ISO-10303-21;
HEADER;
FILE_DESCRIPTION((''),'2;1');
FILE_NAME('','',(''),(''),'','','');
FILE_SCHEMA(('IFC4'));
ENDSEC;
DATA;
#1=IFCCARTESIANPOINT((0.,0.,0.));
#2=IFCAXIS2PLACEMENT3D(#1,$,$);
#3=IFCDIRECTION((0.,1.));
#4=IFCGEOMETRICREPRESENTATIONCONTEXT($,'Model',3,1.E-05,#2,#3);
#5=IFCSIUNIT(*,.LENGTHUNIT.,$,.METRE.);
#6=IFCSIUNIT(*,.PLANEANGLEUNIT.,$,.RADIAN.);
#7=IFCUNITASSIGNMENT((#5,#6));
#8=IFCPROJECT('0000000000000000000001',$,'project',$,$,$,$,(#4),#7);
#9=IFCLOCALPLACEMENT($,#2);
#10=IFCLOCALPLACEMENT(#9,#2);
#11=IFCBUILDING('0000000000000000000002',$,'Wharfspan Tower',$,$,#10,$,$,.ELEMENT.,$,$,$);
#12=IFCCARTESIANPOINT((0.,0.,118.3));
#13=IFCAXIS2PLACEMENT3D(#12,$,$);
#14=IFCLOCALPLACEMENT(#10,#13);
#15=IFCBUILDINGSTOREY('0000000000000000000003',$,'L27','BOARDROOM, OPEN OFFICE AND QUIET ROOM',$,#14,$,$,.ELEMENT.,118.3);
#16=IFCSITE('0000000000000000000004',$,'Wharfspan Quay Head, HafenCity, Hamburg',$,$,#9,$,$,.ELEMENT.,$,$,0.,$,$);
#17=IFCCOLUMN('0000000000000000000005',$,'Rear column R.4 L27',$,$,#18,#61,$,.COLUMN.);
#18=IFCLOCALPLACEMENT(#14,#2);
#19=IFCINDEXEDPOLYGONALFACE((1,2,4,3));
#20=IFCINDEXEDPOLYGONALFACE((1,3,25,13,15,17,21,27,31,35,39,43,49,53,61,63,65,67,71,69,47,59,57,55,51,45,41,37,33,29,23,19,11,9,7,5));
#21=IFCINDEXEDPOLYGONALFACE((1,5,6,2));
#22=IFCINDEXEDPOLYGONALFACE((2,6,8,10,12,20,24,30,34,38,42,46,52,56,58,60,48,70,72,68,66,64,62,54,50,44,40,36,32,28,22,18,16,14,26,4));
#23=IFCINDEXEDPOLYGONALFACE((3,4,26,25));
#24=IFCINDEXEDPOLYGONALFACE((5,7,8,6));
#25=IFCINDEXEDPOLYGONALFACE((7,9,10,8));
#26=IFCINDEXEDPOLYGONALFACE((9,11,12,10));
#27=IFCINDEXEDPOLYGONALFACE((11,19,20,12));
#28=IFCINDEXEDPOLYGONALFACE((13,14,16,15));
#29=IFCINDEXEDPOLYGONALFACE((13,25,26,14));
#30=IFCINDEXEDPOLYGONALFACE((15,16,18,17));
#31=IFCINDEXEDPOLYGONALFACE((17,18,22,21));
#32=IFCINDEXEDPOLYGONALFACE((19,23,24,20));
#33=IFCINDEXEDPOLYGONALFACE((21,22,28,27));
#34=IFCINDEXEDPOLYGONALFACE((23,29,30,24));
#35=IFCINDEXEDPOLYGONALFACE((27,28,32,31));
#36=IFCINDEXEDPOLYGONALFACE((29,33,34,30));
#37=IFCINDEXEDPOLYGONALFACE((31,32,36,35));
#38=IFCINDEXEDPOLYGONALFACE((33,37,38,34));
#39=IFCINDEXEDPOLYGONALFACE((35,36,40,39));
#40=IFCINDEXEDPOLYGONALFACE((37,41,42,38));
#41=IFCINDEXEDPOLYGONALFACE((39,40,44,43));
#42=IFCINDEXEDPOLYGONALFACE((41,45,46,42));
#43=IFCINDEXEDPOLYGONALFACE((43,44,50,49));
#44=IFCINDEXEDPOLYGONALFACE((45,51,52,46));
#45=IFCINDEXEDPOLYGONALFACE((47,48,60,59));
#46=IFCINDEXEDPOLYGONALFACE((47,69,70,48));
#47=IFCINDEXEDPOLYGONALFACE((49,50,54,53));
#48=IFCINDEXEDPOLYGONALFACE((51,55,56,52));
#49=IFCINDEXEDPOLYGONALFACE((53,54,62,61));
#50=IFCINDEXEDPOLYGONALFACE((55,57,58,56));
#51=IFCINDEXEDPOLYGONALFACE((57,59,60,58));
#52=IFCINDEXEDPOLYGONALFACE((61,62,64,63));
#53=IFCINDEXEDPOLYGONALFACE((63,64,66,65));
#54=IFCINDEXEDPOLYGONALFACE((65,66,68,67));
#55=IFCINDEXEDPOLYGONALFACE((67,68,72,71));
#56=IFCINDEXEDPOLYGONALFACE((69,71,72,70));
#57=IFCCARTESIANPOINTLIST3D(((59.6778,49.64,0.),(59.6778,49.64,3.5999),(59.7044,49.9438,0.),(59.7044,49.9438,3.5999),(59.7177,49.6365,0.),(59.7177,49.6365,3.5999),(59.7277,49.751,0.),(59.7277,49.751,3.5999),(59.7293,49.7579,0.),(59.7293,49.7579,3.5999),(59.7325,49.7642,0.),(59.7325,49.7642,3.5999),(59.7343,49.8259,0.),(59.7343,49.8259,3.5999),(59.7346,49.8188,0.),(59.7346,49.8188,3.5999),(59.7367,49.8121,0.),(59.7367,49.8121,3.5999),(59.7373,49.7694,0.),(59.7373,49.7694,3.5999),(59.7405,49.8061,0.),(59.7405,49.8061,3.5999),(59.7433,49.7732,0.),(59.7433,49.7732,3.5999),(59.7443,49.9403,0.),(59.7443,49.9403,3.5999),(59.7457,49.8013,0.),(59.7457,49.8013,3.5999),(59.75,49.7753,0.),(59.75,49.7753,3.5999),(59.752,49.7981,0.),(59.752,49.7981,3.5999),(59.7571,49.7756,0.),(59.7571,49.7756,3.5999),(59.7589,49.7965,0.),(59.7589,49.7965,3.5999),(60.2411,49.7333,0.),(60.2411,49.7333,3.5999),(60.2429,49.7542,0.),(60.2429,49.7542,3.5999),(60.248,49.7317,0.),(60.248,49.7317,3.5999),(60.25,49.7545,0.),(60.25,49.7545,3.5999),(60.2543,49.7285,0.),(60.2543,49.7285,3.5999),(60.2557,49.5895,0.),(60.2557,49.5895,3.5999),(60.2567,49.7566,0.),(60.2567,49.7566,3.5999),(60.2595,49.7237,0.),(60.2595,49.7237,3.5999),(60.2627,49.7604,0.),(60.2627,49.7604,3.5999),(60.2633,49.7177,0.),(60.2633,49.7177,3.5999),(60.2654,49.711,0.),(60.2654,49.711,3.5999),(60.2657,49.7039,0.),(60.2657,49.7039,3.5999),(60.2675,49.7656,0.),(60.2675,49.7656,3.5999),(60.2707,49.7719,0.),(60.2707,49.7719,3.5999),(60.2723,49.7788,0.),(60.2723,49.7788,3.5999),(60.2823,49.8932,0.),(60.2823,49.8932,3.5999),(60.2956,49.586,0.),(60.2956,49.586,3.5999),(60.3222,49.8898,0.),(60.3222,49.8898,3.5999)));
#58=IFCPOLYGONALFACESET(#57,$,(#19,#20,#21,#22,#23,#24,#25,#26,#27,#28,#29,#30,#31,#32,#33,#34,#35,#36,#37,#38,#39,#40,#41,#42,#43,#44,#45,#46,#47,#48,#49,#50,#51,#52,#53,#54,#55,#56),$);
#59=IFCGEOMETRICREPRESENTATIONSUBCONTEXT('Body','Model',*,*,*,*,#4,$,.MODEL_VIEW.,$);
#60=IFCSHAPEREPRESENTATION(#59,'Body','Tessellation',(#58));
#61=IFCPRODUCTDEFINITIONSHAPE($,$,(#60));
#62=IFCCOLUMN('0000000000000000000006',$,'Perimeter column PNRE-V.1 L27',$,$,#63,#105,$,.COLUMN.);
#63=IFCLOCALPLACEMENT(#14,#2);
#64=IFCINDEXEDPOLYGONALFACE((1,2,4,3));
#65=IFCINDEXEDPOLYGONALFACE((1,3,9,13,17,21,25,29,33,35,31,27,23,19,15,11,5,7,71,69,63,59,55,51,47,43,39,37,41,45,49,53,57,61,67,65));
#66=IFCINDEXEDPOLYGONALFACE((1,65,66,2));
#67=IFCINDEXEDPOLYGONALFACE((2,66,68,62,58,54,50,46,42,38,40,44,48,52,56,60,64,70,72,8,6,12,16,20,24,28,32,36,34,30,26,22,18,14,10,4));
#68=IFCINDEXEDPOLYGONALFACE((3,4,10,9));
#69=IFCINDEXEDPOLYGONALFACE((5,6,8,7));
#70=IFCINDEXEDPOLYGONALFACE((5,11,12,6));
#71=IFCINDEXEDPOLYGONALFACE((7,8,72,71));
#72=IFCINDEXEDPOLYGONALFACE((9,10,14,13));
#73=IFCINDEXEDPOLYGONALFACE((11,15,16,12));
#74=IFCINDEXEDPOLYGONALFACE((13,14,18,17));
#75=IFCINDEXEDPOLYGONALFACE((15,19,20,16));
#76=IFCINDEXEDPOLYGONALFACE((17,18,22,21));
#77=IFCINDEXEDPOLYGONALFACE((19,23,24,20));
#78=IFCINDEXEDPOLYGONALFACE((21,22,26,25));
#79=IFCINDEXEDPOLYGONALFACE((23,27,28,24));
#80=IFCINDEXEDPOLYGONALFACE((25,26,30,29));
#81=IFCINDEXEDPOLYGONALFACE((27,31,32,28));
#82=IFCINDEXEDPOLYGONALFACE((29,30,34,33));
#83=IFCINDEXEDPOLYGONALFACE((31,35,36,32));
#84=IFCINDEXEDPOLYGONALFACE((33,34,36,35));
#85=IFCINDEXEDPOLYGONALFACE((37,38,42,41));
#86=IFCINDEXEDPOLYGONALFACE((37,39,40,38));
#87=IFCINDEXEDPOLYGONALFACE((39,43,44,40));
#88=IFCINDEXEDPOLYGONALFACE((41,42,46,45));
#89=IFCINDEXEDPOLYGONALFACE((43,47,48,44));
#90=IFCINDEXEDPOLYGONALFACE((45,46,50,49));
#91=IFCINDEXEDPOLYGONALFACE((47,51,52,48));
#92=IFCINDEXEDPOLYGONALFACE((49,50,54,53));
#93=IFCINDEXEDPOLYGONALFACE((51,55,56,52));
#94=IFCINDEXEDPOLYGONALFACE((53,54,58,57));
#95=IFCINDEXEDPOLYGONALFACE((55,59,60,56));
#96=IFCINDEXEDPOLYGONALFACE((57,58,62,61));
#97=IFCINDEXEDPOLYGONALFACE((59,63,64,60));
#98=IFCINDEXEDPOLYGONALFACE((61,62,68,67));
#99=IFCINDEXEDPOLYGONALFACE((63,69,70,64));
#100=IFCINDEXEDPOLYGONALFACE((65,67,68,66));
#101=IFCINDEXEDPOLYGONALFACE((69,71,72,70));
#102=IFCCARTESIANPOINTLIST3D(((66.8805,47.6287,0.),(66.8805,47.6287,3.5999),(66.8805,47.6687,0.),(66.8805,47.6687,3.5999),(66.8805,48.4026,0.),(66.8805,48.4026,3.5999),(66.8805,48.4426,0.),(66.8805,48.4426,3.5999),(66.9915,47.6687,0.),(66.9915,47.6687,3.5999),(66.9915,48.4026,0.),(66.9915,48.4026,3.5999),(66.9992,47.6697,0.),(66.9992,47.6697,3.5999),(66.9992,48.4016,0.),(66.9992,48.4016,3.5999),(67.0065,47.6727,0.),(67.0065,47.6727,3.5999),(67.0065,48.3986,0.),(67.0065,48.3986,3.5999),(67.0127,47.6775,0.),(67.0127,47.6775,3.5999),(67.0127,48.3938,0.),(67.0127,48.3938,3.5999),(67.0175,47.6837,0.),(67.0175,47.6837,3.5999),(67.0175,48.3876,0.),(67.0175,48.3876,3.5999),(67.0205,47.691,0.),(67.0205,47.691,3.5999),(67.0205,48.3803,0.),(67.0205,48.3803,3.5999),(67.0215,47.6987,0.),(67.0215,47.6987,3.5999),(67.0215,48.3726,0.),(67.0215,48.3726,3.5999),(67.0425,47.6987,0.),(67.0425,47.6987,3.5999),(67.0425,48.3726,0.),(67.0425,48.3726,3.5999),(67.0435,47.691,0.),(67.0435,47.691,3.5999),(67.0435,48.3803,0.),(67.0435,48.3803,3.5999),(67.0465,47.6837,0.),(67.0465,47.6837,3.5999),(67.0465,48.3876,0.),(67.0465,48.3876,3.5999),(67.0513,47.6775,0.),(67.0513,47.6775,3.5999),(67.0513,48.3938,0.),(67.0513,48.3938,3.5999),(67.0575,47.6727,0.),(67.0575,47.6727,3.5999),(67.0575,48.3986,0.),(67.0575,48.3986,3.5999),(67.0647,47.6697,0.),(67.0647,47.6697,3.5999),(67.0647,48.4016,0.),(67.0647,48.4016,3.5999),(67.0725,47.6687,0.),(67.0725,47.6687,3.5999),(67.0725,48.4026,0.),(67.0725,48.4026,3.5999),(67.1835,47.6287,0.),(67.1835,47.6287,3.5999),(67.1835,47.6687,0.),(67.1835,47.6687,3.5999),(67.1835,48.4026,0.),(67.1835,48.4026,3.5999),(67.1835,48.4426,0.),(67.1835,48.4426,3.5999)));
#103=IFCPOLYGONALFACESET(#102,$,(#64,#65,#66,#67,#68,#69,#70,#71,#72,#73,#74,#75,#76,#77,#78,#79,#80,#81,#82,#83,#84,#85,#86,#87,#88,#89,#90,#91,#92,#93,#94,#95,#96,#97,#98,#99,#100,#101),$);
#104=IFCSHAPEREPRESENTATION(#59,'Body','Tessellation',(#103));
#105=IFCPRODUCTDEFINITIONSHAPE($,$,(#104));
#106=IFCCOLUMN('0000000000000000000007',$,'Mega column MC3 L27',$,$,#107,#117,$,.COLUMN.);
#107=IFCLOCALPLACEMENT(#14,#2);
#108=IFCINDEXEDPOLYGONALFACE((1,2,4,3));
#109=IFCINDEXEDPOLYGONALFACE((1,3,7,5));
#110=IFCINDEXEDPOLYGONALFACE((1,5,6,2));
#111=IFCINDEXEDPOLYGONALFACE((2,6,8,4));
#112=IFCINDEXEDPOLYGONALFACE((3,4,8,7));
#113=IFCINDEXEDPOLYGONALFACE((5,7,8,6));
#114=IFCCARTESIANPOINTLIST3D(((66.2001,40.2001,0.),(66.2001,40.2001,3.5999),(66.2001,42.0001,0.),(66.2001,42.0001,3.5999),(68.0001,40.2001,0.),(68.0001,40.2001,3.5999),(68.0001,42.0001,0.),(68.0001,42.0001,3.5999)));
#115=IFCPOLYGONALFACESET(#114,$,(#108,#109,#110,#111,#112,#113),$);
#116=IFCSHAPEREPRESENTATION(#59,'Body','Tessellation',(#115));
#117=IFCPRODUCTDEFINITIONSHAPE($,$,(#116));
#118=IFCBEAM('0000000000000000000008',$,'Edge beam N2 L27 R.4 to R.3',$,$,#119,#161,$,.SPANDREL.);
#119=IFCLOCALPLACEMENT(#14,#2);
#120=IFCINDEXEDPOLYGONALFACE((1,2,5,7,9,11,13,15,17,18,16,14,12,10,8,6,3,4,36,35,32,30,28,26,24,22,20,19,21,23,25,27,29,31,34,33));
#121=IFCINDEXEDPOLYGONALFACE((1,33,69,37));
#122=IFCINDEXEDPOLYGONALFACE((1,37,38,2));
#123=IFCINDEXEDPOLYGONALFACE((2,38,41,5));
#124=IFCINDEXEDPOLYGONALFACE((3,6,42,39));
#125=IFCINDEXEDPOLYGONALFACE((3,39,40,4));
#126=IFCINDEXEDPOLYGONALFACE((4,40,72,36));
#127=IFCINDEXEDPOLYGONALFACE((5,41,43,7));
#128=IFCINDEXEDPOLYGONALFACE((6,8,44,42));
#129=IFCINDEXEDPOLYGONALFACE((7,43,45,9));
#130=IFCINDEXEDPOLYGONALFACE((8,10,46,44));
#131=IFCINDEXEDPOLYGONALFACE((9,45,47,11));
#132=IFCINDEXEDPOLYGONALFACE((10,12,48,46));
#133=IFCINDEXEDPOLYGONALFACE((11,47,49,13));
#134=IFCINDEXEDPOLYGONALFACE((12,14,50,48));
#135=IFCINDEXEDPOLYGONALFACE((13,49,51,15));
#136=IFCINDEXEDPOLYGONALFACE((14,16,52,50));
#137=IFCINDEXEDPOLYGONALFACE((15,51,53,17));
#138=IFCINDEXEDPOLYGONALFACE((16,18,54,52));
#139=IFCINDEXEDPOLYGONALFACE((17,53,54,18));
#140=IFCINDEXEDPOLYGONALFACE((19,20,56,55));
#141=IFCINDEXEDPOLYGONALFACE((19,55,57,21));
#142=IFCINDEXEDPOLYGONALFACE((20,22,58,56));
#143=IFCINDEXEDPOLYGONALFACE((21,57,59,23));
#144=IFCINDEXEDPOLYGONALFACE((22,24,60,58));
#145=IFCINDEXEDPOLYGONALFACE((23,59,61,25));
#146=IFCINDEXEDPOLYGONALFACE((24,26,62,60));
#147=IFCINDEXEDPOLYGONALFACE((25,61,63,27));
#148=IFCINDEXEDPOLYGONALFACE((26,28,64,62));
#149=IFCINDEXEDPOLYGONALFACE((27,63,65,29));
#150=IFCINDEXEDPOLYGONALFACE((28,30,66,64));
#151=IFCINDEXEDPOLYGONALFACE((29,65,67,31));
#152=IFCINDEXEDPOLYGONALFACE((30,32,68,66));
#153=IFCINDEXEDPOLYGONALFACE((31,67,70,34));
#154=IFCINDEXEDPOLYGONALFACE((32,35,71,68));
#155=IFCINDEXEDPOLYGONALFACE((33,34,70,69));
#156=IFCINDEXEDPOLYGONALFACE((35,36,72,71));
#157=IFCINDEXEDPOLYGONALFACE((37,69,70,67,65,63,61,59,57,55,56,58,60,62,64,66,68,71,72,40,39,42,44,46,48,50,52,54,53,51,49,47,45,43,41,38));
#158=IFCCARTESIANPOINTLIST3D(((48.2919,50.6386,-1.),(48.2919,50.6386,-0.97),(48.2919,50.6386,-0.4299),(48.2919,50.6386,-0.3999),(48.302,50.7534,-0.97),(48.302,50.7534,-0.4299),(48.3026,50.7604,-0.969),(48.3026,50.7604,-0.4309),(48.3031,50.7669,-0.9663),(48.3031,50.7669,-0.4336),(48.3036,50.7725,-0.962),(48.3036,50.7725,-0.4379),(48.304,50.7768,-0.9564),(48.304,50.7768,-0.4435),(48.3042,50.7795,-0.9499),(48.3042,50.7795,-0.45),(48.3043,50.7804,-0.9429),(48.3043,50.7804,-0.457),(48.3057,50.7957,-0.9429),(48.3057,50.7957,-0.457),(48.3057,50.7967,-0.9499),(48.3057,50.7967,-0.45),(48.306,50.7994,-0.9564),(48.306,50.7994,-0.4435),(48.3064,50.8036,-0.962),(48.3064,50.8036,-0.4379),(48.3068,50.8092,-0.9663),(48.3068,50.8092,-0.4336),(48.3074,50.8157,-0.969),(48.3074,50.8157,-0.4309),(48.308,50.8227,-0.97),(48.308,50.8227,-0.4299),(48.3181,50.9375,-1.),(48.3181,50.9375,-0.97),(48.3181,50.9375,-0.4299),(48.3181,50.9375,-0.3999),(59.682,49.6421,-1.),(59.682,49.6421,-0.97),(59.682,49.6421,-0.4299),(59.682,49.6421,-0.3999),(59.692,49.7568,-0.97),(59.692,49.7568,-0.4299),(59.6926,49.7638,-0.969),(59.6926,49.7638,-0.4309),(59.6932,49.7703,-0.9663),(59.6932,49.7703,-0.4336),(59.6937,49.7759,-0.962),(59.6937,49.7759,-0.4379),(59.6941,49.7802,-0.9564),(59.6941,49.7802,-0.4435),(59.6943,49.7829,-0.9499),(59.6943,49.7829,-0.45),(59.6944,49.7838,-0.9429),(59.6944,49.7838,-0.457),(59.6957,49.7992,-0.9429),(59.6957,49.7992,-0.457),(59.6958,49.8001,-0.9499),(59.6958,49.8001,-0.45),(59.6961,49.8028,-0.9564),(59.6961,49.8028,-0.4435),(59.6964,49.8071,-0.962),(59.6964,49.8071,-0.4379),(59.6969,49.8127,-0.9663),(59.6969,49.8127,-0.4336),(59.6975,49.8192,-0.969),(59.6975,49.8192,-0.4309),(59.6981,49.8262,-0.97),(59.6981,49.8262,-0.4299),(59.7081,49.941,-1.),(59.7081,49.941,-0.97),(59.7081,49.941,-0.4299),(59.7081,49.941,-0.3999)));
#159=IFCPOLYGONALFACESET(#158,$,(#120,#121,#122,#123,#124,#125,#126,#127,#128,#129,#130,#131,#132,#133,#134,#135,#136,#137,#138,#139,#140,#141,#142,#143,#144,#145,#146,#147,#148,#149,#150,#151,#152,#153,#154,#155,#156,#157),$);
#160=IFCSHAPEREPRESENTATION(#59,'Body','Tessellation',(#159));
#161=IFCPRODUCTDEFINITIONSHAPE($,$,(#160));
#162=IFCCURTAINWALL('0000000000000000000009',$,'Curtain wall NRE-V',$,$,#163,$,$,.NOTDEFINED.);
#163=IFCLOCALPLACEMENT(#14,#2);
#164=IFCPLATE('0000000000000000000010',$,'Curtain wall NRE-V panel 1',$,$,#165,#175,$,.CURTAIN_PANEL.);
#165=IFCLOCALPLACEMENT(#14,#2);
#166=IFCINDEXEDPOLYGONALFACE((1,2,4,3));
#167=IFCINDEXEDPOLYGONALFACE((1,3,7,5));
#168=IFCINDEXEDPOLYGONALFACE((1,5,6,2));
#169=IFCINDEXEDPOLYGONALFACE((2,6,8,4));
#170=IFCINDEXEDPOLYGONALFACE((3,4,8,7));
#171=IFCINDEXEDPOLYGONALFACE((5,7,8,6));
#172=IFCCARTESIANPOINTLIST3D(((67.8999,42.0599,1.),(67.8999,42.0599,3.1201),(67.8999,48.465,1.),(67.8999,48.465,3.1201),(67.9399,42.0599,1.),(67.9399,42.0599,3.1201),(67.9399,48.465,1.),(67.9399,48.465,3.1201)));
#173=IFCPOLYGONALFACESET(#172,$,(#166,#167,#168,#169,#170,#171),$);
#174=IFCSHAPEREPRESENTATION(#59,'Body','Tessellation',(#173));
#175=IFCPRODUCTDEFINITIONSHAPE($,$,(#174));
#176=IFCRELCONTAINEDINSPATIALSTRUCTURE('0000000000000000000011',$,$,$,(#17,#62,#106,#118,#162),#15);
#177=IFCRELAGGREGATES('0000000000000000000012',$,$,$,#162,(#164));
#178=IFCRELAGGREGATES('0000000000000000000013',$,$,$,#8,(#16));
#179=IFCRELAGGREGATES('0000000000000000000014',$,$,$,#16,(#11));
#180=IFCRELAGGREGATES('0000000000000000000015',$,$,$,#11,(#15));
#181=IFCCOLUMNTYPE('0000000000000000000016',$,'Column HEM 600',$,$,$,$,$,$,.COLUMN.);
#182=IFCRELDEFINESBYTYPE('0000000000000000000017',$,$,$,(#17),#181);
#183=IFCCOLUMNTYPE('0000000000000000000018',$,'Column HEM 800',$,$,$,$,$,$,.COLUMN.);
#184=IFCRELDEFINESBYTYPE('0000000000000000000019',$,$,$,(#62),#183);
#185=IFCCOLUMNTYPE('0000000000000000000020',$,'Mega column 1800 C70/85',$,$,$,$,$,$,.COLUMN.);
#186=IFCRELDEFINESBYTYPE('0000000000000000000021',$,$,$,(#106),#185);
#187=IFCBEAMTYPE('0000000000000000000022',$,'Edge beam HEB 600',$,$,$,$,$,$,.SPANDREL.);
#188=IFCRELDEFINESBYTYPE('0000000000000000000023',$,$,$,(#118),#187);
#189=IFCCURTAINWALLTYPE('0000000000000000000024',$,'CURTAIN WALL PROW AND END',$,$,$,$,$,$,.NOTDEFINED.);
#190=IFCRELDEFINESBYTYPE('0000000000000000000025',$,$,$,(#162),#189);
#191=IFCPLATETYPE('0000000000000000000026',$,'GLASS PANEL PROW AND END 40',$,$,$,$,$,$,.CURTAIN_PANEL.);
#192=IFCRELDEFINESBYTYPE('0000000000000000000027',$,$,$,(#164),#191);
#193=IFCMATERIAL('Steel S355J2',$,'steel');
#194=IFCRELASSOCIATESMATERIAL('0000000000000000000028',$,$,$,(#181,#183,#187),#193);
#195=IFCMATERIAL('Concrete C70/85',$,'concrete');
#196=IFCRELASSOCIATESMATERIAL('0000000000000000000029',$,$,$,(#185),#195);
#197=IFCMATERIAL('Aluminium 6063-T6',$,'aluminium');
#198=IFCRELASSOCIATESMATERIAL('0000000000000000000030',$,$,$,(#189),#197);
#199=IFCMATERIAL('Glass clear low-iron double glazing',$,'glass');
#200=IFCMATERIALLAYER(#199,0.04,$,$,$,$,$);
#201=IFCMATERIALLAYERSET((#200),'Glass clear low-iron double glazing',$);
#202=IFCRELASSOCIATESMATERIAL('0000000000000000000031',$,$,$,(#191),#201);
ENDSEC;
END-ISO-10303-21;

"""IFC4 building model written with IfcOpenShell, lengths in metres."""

from ifc_helpers import new_model, si_unit, direction, frame, origin, origin_2d, place, context, subcontext, project, spatial, rectangle, i_section, extrude, material, layer, layer_set, material_profile, profile_set, type_object, element, aggregate, save


model = new_model("IFC4")

# Units and contexts
model_context = context("Model", 3, precision=1e-05, world=origin(), true_north=direction((0.0, 1.0)))
body_context = subcontext(model_context, "Body", "Model", "MODEL_VIEW")
ifc_project = project(units=[si_unit("LENGTHUNIT", "METRE"), si_unit("PLANEANGLEUNIT", "RADIAN")], contexts=[model_context])

# Site, building, storey
site_placement = place(None, origin())
site = spatial("IfcSite", under=ifc_project, at=site_placement, Name="Wharfspan Quay Head, HafenCity, Hamburg", CompositionType="ELEMENT", RefElevation=0.0)
building_placement = place(site_placement, origin())
building = spatial("IfcBuilding", under=site, at=building_placement, Name="Wharfspan Tower", CompositionType="ELEMENT")
storey_placement = place(building_placement, frame((0.0, 0.0, 118.3)))
storey = spatial("IfcBuildingStorey", under=building, at=storey_placement, Name="L27", Description="BOARDROOM, OPEN OFFICE AND QUIET ROOM", CompositionType="ELEMENT", Elevation=118.3)

# Columns
ifc_material_1 = material(Name="Steel S355J2", Category="steel")
ifc_material_profile_1 = material_profile(ifc_material_1, i_section(OverallWidth=0.3049, OverallDepth=0.6201, WebThickness=0.021, FlangeThickness=0.04, FilletRadius=0.0271, at=origin_2d()))
ifc_profile_set_1 = profile_set([ifc_material_profile_1], Name="Steel S355J2")
column_type_1 = type_object("IfcColumnType", Name="Column HEM 600", PredefinedType="COLUMN", material=ifc_profile_set_1)
column_1_placement = place(storey_placement, frame((60.0, 49.7649, 0.0), z_axis=(0.0, 0.0, 1.0), x_axis=(0.087156, 0.996198, 0.0)))
element("IfcColumn", 1, at=column_1_placement, inside=storey, type_object=column_type_1, Name="Rear column R.4 L27", PredefinedType="COLUMN", context=body_context, shape_type="SweptSolid", body=[
    extrude(i_section(OverallWidth=0.3049, OverallDepth=0.6201, WebThickness=0.021, FlangeThickness=0.04, FilletRadius=0.0271, at=origin_2d()), origin(), (0.0, 0.0, 1.0), 3.5999),
])
ifc_material_profile_2 = material_profile(ifc_material_1, i_section(OverallWidth=0.303, OverallDepth=0.814, WebThickness=0.021, FlangeThickness=0.04, FilletRadius=0.03, at=origin_2d()))
ifc_profile_set_2 = profile_set([ifc_material_profile_2], Name="Steel S355J2")
column_type_2 = type_object("IfcColumnType", Name="Column HEM 800", PredefinedType="COLUMN", material=ifc_profile_set_2)
column_2_placement = place(storey_placement, frame((67.032, 48.0356, 0.0), z_axis=(0.0, 0.0, 1.0), x_axis=(1.0, 0.0, 0.0)))
element("IfcColumn", 2, at=column_2_placement, inside=storey, type_object=column_type_2, Name="Perimeter column PNRE-V.1 L27", PredefinedType="COLUMN", context=body_context, shape_type="SweptSolid", body=[
    extrude(i_section(OverallWidth=0.303, OverallDepth=0.814, WebThickness=0.021, FlangeThickness=0.04, FilletRadius=0.03, at=origin_2d()), origin(), (0.0, 0.0, 1.0), 3.5999),
])
ifc_material_2 = material(Name="Concrete C70/85", Category="concrete")
ifc_material_profile_3 = material_profile(ifc_material_2, rectangle(XDim=1.8, YDim=1.8, at=origin_2d()))
ifc_profile_set_3 = profile_set([ifc_material_profile_3], Name="Concrete C70/85")
column_type_3 = type_object("IfcColumnType", Name="Mega column 1800 C70/85", PredefinedType="COLUMN", material=ifc_profile_set_3)
column_3_placement = place(storey_placement, frame((67.1001, 41.1001, 0.0), z_axis=(0.0, 0.0, 1.0), x_axis=(1.0, 0.0, 0.0)))
element("IfcColumn", 3, at=column_3_placement, inside=storey, type_object=column_type_3, Name="Mega column MC3 L27", PredefinedType="COLUMN", context=body_context, shape_type="SweptSolid", body=[
    extrude(rectangle(XDim=1.8, YDim=1.8, at=origin_2d()), origin(), (0.0, 0.0, 1.0), 3.5999),
])

# Beam
ifc_material_profile_4 = material_profile(ifc_material_1, i_section(OverallWidth=0.3, OverallDepth=0.6001, WebThickness=0.0154, FlangeThickness=0.03, FilletRadius=0.0271, at=origin_2d()))
ifc_profile_set_4 = profile_set([ifc_material_profile_4], Name="Steel S355J2")
beam_type = type_object("IfcBeamType", Name="Edge beam HEB 600", PredefinedType="SPANDREL", material=ifc_profile_set_4)
beam_placement = place(storey_placement, frame((59.6951, 49.7915, -0.7), z_axis=(-0.996194, 0.087162, 0.0), x_axis=(-0.087162, -0.996194, 0.0)))
element("IfcBeam", 4, at=beam_placement, inside=storey, type_object=beam_type, Name="Edge beam N2 L27 R.4 to R.3", PredefinedType="SPANDREL", context=body_context, shape_type="SweptSolid", body=[
    extrude(i_section(OverallWidth=0.3, OverallDepth=0.6001, WebThickness=0.0154, FlangeThickness=0.03, FilletRadius=0.0271, at=origin_2d()), origin(), (0.0, 0.0, 1.0), 11.4336),
])

# Curtain wall, plate
ifc_material_3 = material(Name="Aluminium 6063-T6", Category="aluminium")
curtain_wall_type = type_object("IfcCurtainWallType", Name="CURTAIN WALL PROW AND END", PredefinedType="NOTDEFINED", material=ifc_material_3)
curtain_wall_placement = place(storey_placement, origin())
curtain_wall = element("IfcCurtainWall", 5, at=curtain_wall_placement, inside=storey, type_object=curtain_wall_type, Name="Curtain wall NRE-V", PredefinedType="NOTDEFINED")
ifc_material_4 = material(Name="Glass clear low-iron double glazing", Category="glass")
ifc_layer_1 = layer(ifc_material_4, 0.04)
ifc_layer_set_1 = layer_set([ifc_layer_1], Name="Glass clear low-iron double glazing")
plate_type = type_object("IfcPlateType", Name="GLASS PANEL PROW AND END 40", PredefinedType="CURTAIN_PANEL", material=ifc_layer_set_1)
plate_placement = place(storey_placement, frame((67.9199, 45.2625, 1.0), z_axis=(0.0, 0.0, 1.0), x_axis=(0.0, 1.0, 0.0)))
plate = element("IfcPlate", 6, at=plate_placement, type_object=plate_type, Name="Curtain wall NRE-V panel 1", PredefinedType="CURTAIN_PANEL", context=body_context, shape_type="SweptSolid", body=[
    extrude(rectangle(XDim=6.405, YDim=0.04, at=origin_2d()), origin(), (0.0, 0.0, 1.0), 2.1201),
])
aggregate(curtain_wall, [plate])

save(model, "model.ifc")
